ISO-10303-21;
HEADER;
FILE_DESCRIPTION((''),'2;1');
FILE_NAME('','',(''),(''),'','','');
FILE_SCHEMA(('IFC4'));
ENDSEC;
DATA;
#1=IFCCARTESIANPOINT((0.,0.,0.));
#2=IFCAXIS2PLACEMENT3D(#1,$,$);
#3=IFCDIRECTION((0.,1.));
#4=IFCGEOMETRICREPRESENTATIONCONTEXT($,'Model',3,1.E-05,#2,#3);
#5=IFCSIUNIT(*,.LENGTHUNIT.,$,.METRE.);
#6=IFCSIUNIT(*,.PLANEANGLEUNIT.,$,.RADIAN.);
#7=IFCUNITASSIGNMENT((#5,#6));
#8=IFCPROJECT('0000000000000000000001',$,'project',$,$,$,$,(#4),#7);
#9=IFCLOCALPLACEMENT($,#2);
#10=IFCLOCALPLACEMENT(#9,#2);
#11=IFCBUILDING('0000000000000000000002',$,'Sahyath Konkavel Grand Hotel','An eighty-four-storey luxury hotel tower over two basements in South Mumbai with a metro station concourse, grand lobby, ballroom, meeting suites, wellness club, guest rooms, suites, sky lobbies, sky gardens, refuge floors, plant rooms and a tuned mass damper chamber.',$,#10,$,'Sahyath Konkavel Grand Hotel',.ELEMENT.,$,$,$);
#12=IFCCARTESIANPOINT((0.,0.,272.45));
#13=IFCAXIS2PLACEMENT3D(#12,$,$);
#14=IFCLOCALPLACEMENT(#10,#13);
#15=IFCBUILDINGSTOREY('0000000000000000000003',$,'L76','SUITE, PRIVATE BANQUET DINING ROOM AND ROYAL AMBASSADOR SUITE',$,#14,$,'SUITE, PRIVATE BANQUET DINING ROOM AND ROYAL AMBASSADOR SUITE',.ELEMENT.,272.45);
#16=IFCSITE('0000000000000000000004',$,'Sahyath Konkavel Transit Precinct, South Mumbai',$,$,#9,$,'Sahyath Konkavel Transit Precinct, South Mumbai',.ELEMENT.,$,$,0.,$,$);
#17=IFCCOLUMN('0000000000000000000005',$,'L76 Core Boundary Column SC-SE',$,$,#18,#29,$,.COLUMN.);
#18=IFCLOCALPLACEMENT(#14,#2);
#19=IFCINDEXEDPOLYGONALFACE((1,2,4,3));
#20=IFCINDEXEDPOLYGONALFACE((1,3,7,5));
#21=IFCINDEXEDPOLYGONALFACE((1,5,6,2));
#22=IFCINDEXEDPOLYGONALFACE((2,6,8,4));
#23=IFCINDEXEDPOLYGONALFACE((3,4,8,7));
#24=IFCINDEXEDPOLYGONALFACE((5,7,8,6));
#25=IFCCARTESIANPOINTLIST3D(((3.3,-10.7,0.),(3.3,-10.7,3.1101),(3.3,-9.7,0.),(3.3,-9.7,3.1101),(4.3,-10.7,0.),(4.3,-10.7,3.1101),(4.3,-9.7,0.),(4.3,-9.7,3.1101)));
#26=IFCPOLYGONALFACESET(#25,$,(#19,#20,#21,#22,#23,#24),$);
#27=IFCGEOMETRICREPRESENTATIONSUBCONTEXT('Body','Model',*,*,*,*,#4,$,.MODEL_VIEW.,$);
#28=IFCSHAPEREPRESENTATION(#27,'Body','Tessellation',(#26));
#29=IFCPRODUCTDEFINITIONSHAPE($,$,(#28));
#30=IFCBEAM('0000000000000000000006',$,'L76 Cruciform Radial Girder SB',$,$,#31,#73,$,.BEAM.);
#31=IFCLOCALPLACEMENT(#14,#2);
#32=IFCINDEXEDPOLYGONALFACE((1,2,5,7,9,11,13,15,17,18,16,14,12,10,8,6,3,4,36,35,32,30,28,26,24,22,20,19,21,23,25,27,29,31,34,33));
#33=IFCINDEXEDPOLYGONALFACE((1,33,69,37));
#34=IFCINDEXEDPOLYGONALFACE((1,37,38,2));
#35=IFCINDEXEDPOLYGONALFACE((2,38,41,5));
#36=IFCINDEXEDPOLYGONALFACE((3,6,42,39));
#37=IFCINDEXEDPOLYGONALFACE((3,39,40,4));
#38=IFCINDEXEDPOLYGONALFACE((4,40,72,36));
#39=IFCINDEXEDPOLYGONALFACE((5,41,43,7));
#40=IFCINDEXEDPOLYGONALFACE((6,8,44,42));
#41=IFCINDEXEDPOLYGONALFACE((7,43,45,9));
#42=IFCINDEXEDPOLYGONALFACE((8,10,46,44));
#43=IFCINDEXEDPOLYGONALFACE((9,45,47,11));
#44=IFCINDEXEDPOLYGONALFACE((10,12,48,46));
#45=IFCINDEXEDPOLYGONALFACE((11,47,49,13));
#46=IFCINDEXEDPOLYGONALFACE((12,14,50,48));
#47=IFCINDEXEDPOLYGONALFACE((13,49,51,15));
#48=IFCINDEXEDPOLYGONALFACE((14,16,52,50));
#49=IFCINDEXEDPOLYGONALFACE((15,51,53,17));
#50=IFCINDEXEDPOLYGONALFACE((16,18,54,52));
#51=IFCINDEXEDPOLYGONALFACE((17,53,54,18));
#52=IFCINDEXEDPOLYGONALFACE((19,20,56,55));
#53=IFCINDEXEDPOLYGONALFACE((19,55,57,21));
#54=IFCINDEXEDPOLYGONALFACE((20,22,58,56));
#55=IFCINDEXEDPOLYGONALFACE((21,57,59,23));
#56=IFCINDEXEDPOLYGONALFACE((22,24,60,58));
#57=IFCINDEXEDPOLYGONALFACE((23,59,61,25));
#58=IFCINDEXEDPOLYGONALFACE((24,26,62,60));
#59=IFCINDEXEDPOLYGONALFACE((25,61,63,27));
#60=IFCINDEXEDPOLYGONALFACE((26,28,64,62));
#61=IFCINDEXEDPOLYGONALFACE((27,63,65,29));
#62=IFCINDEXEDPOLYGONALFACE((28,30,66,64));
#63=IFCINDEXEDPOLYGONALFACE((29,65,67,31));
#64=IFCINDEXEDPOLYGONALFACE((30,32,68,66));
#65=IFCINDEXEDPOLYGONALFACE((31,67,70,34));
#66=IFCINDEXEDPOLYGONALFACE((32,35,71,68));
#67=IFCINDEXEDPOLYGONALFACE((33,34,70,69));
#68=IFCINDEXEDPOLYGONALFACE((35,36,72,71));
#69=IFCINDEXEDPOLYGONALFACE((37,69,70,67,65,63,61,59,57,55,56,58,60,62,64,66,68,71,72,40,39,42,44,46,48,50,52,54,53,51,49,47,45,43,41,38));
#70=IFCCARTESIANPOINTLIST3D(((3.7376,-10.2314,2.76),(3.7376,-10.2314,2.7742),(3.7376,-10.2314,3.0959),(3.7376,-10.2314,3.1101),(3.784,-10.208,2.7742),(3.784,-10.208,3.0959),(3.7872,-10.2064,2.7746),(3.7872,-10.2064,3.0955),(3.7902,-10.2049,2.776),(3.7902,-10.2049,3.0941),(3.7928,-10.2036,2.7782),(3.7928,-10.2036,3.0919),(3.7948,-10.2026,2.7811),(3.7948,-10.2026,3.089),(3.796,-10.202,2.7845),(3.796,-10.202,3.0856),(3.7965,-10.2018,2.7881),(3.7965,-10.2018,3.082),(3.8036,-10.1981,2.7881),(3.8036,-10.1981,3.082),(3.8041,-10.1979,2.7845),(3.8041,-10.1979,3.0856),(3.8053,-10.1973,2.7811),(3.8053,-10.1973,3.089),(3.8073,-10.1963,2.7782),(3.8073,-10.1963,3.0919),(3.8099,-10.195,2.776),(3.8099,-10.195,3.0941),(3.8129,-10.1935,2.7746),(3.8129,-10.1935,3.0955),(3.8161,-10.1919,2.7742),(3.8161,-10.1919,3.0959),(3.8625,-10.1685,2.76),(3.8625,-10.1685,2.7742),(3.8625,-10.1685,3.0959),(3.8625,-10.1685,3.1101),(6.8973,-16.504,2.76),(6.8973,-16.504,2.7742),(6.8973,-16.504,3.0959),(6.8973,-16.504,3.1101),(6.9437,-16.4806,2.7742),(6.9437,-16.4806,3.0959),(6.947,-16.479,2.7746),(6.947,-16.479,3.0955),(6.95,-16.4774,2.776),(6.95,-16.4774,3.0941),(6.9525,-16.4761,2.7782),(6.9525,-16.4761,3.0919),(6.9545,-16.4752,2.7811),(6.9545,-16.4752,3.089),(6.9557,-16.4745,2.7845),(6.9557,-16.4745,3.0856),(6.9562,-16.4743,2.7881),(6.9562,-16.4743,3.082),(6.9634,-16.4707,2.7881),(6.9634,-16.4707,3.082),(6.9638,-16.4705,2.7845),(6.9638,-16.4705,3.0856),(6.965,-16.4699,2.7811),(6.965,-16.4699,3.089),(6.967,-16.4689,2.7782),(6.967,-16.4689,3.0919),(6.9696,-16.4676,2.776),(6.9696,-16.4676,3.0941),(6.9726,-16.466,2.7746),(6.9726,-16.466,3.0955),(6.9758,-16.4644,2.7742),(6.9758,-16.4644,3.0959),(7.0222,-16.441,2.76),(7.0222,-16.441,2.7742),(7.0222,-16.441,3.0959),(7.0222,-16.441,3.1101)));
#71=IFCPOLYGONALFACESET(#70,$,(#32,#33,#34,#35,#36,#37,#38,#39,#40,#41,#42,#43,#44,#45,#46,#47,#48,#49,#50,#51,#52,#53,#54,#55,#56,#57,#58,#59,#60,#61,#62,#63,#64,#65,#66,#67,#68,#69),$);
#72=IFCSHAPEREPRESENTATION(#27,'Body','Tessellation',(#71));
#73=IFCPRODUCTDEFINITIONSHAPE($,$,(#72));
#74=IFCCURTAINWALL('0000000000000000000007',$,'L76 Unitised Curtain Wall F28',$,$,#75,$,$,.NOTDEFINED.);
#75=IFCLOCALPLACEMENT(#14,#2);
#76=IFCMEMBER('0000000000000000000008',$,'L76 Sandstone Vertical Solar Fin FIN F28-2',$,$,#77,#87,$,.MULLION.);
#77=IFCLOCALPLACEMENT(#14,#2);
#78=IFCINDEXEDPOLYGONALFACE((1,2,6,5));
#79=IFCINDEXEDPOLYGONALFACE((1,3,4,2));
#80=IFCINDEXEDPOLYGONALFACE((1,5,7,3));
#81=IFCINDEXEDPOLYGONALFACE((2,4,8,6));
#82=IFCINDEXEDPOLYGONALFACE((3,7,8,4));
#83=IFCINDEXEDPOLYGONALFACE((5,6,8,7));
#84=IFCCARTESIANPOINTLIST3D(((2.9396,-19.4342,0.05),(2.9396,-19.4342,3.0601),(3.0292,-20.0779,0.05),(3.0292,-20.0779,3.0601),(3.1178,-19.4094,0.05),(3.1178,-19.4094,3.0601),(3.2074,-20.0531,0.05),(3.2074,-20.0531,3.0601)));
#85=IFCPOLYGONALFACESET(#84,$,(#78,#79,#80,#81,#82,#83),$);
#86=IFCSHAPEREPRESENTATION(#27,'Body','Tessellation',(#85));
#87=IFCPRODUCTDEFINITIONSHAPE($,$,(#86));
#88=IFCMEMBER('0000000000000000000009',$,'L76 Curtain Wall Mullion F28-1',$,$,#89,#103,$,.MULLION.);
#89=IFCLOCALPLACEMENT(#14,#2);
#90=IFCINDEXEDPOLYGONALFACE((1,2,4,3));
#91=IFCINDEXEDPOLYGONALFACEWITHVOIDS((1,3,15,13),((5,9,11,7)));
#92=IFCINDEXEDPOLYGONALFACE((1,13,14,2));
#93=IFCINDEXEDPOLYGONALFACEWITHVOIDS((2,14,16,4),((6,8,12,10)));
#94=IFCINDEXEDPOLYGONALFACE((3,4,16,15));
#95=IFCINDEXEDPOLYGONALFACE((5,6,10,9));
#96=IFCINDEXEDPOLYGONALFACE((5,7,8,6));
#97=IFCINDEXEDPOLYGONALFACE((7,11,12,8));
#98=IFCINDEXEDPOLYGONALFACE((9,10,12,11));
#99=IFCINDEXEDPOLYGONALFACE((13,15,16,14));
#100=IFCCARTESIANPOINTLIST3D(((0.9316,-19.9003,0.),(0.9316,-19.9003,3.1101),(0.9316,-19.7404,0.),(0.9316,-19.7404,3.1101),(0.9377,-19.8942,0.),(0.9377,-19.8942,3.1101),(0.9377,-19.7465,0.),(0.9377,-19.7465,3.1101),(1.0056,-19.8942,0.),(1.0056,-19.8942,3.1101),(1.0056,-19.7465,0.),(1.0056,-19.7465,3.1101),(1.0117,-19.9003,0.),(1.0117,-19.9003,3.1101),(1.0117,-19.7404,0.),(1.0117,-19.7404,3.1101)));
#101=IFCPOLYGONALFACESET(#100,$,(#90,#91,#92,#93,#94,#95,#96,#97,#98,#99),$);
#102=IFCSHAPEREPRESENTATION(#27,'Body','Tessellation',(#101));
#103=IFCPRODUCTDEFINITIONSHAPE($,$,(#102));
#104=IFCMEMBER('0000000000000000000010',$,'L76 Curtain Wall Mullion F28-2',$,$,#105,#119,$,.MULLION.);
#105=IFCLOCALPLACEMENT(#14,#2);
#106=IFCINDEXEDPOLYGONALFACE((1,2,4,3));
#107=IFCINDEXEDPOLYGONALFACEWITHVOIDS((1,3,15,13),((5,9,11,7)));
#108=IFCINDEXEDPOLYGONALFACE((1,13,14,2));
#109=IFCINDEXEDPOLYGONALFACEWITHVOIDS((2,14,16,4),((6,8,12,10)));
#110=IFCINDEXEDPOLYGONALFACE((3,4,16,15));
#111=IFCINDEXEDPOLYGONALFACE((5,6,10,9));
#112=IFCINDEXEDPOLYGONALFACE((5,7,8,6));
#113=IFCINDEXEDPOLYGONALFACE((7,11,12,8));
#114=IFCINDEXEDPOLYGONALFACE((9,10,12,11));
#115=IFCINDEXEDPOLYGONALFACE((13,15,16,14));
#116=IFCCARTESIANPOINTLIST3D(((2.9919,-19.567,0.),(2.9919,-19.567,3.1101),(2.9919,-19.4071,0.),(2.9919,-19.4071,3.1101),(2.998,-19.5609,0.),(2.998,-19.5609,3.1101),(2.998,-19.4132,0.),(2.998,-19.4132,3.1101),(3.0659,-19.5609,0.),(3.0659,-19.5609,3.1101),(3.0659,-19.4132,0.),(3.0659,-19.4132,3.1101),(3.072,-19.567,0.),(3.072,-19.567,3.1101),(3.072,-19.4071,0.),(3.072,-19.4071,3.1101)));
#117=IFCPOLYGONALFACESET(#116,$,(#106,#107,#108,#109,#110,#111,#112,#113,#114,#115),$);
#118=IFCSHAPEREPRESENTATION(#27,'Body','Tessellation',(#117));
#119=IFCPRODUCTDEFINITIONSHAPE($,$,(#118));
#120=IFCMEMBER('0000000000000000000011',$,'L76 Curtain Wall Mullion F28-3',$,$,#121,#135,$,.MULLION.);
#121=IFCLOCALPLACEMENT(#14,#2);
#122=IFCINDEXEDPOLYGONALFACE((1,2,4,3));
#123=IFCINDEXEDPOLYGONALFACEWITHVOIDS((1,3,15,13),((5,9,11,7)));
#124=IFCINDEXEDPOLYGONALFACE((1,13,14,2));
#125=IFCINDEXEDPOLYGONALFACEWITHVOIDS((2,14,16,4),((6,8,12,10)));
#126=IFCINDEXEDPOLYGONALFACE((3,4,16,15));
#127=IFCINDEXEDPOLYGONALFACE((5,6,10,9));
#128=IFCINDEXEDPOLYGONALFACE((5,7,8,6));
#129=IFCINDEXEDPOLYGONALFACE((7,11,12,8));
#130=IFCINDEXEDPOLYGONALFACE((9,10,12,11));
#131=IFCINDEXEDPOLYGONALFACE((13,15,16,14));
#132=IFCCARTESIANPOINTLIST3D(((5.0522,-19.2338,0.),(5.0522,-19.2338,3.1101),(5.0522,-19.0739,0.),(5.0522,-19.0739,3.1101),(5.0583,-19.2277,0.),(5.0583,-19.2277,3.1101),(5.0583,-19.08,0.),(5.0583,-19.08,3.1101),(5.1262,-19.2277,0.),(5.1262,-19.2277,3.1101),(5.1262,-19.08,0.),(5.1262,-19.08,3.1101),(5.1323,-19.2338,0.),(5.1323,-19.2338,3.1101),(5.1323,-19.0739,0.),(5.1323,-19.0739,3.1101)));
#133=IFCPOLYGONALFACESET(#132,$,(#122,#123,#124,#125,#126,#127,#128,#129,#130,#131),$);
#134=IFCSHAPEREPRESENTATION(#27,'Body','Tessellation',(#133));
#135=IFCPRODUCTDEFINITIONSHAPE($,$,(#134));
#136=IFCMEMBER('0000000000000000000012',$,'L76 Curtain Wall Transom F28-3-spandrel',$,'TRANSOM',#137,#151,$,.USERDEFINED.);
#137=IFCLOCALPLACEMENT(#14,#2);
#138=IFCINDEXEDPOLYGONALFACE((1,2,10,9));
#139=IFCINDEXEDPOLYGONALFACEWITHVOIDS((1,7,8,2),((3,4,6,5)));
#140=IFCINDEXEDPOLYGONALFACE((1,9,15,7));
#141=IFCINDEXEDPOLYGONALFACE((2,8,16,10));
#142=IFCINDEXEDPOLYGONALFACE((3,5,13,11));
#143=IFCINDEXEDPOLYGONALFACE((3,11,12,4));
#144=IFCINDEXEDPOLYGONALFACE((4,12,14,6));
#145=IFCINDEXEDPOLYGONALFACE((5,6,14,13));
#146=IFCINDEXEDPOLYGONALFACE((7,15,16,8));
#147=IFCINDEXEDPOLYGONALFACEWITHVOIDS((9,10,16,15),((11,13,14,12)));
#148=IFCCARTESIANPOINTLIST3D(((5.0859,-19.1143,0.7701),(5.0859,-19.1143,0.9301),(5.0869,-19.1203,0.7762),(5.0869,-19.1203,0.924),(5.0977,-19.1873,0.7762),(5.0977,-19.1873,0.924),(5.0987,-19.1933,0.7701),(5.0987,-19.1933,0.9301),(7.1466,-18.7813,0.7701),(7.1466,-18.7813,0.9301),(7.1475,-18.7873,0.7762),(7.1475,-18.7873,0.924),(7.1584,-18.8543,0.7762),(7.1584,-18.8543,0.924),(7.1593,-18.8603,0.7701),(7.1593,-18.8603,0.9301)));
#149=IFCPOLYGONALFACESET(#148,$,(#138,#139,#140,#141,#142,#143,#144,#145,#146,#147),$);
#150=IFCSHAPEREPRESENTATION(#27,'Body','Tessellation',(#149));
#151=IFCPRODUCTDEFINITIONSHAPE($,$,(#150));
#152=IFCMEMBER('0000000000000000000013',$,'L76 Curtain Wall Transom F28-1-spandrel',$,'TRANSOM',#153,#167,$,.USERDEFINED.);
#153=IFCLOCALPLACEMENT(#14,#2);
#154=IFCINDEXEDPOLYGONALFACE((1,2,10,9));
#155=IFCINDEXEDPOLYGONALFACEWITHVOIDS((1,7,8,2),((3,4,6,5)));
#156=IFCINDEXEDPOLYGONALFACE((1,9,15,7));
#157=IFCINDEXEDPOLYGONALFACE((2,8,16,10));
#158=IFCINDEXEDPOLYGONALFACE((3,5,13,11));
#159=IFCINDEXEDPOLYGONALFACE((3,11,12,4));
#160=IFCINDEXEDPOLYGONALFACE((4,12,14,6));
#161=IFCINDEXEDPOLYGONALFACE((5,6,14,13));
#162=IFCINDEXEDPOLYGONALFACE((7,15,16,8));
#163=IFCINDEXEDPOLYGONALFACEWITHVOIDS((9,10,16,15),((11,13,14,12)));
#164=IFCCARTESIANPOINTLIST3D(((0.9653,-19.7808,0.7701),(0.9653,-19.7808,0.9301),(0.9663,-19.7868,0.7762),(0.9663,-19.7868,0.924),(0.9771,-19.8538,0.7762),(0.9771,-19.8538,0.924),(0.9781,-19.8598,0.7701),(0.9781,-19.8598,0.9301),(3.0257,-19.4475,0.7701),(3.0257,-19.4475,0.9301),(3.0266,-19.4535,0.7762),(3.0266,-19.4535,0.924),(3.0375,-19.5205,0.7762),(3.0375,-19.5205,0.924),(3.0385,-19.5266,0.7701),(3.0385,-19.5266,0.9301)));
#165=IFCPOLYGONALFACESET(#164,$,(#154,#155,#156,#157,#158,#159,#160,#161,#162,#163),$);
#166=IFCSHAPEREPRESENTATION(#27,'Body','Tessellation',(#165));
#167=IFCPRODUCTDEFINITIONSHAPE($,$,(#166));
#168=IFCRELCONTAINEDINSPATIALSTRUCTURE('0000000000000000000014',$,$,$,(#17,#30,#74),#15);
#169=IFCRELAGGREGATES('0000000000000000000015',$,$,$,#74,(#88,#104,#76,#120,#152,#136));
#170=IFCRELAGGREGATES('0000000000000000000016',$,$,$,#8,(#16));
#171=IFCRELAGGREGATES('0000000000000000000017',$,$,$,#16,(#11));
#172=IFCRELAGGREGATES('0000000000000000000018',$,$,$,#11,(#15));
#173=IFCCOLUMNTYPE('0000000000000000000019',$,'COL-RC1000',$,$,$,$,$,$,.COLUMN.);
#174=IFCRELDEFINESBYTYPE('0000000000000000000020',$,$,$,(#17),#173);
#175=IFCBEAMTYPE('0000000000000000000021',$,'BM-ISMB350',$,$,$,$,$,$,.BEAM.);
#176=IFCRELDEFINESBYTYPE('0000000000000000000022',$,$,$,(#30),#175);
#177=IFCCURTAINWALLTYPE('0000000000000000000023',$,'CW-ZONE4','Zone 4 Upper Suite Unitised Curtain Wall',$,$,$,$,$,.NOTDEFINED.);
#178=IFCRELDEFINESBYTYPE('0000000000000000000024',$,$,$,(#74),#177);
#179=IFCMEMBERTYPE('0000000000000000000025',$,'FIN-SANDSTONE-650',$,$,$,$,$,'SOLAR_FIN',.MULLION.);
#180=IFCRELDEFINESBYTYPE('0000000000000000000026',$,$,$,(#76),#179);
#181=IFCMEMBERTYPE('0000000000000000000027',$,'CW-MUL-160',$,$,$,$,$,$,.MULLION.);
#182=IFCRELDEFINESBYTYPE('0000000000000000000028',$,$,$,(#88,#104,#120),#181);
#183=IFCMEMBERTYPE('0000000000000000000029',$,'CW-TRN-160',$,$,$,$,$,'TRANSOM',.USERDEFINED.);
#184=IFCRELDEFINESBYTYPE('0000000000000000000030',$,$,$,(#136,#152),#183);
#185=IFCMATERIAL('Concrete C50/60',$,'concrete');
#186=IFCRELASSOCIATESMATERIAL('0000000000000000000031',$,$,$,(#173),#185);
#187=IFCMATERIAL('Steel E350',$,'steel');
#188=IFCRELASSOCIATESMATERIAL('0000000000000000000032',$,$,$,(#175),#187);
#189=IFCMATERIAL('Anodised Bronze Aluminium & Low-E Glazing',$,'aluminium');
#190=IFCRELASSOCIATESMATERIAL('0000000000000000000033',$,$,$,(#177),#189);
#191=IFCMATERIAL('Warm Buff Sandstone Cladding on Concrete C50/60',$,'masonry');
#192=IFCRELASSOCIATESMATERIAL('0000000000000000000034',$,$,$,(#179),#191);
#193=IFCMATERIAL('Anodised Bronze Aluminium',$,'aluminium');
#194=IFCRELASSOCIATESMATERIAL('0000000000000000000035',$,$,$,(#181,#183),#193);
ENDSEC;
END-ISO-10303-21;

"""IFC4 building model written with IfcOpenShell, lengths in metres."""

from ifc_helpers import new_model, si_unit, direction, frame, origin, origin_2d, place, context, subcontext, project, spatial, rectangle, hollow_rectangle, i_section, extrude, source, transform, mapped, material, material_profile, profile_set, type_object, element, aggregate, save


model = new_model("IFC4")

# Units and contexts
model_context = context("Model", 3, precision=1e-05, world=origin(), true_north=direction((0.0, 1.0)))
body_context = subcontext(model_context, "Body", "Model", "MODEL_VIEW")
ifc_project = project(units=[si_unit("LENGTHUNIT", "METRE"), si_unit("PLANEANGLEUNIT", "RADIAN")], contexts=[model_context])

# Site, building, storey
site_placement = place(None, origin())
site = spatial("IfcSite", under=ifc_project, at=site_placement, Name="Sahyath Konkavel Transit Precinct, South Mumbai", LongName="Sahyath Konkavel Transit Precinct, South Mumbai", CompositionType="ELEMENT", RefElevation=0.0)
building_placement = place(site_placement, origin())
building = spatial("IfcBuilding", under=site, at=building_placement, Name="Sahyath Konkavel Grand Hotel", Description="An eighty-four-storey luxury hotel tower over two basements in South Mumbai with a metro station concourse, grand lobby, ballroom, meeting suites, wellness club, guest rooms, suites, sky lobbies, sky gardens, refuge floors, plant rooms and a tuned mass damper chamber.", LongName="Sahyath Konkavel Grand Hotel", CompositionType="ELEMENT")
storey_placement = place(building_placement, frame((0.0, 0.0, 272.45)))
storey = spatial("IfcBuildingStorey", under=building, at=storey_placement, Name="L76", Description="SUITE, PRIVATE BANQUET DINING ROOM AND ROYAL AMBASSADOR SUITE", LongName="SUITE, PRIVATE BANQUET DINING ROOM AND ROYAL AMBASSADOR SUITE", CompositionType="ELEMENT", Elevation=272.45)

# Column
ifc_material_1 = material(Name="Concrete C50/60", Category="concrete")
ifc_material_profile_1 = material_profile(ifc_material_1, rectangle(XDim=1.0, YDim=1.0, at=origin_2d()), Name="RC 1000x1000")
ifc_profile_set_1 = profile_set([ifc_material_profile_1], Name="Concrete C50/60")
column_type = type_object("IfcColumnType", Name="COL-RC1000", PredefinedType="COLUMN", material=ifc_profile_set_1)
shared_shape_1 = source(origin(), body_context, "Body", "SweptSolid", [
    extrude(rectangle(XDim=1.0, YDim=1.0, at=origin_2d()), origin(), (0.0, 0.0, 1.0), 3.1101),
])
column_placement = place(storey_placement, frame((3.8, -10.2, 0.0), z_axis=(0.0, 0.0, 1.0), x_axis=(1.0, 0.0, 0.0)))
element("IfcColumn", 1, at=column_placement, inside=storey, type_object=column_type, Name="L76 Core Boundary Column SC-SE", PredefinedType="COLUMN", context=body_context, shape_type="MappedRepresentation", body=[
    mapped(shared_shape_1, transform((0.0, 0.0, 0.0), scale=1.0)),
])

# Beam
ifc_material_2 = material(Name="Steel E350", Category="steel")
ifc_material_profile_2 = material_profile(ifc_material_2, i_section(OverallWidth=0.1399, OverallDepth=0.3501, WebThickness=0.0081, FlangeThickness=0.0142, FilletRadius=0.0139, at=origin_2d()), Name="ISMB 350")
ifc_profile_set_2 = profile_set([ifc_material_profile_2], Name="Steel E350")
beam_type_1 = type_object("IfcBeamType", Name="BM-ISMB350", PredefinedType="BEAM", material=ifc_profile_set_2)
shared_shape_2 = source(origin(), body_context, "Body", "SweptSolid", [
    extrude(i_section(OverallWidth=0.1399, OverallDepth=0.3501, WebThickness=0.0081, FlangeThickness=0.0142, FilletRadius=0.0139, at=origin_2d()), origin(), (0.0, 0.0, 1.0), 7.0234),
])
beam_1_placement = place(storey_placement, frame((3.8, -10.2, 2.9351), z_axis=(0.449881, -0.893088, 0.0), x_axis=(0.893088, 0.449881, 0.0)))
element("IfcBeam", 2, at=beam_1_placement, inside=storey, type_object=beam_type_1, Name="L76 Cruciform Radial Girder SB", PredefinedType="BEAM", context=body_context, shape_type="MappedRepresentation", body=[
    mapped(shared_shape_2, transform((0.0, 0.0, 0.0), scale=1.0)),
])

# Curtain wall, members
ifc_material_3 = material(Name="Anodised Bronze Aluminium & Low-E Glazing", Category="aluminium")
curtain_wall_type = type_object("IfcCurtainWallType", Name="CW-ZONE4", Description="Zone 4 Upper Suite Unitised Curtain Wall", PredefinedType="NOTDEFINED", material=ifc_material_3)
curtain_wall_1_placement = place(storey_placement, origin())
curtain_wall_1 = element("IfcCurtainWall", 3, at=curtain_wall_1_placement, inside=storey, type_object=curtain_wall_type, Name="L76 Unitised Curtain Wall F28", PredefinedType="NOTDEFINED")
ifc_material_4 = material(Name="Warm Buff Sandstone Cladding on Concrete C50/60", Category="masonry")
ifc_material_profile_3 = material_profile(ifc_material_4, rectangle(XDim=0.1799, YDim=0.6499, at=origin_2d()), Name="FIN 180x650")
ifc_profile_set_3 = profile_set([ifc_material_profile_3], Name="Warm Buff Sandstone Cladding on Concrete C50/60")
member_type_1 = type_object("IfcMemberType", Name="FIN-SANDSTONE-650", ElementType="SOLAR_FIN", PredefinedType="MULLION", material=ifc_profile_set_3)
shared_shape_3 = source(origin(), body_context, "Body", "SweptSolid", [
    extrude(rectangle(XDim=0.1799, YDim=0.6499, at=origin_2d()), origin(), (0.0, 0.0, 1.0), 3.01),
])
member_1_placement = place(storey_placement, frame((3.0735, -19.7437, 0.05), z_axis=(0.0, 0.0, 1.0), x_axis=(0.990461, 0.13779, 0.0)))
member_1 = element("IfcMember", 4, at=member_1_placement, type_object=member_type_1, Name="L76 Sandstone Vertical Solar Fin FIN F28-2", PredefinedType="MULLION", context=body_context, shape_type="MappedRepresentation", body=[
    mapped(shared_shape_3, transform((0.0, 0.0, 0.0), scale=1.0)),
])
ifc_material_5 = material(Name="Anodised Bronze Aluminium", Category="aluminium")
ifc_material_profile_4 = material_profile(ifc_material_5, hollow_rectangle(XDim=0.0801, YDim=0.1599, WallThickness=0.0061, at=origin_2d()), Name="RHS 160x80x6")
ifc_profile_set_4 = profile_set([ifc_material_profile_4], Name="Anodised Bronze Aluminium")
member_type_2 = type_object("IfcMemberType", Name="CW-MUL-160", PredefinedType="MULLION", material=ifc_profile_set_4)
shared_shape_4 = source(origin(), body_context, "Body", "SweptSolid", [
    extrude(hollow_rectangle(XDim=0.0801, YDim=0.1599, WallThickness=0.0061, at=origin_2d()), origin(), (0.0, 0.0, 1.0), 3.1101),
])
member_2_placement = place(storey_placement, frame((0.9717, -19.8203, 0.0), z_axis=(0.0, 0.0, 1.0), x_axis=(1.0, 0.0, 0.0)))
member_2 = element("IfcMember", 5, at=member_2_placement, type_object=member_type_2, Name="L76 Curtain Wall Mullion F28-1", PredefinedType="MULLION", context=body_context, shape_type="MappedRepresentation", body=[
    mapped(shared_shape_4, transform((0.0, 0.0, 0.0), scale=1.0)),
])
member_3_placement = place(storey_placement, frame((3.032, -19.4871, 0.0), z_axis=(0.0, 0.0, 1.0), x_axis=(1.0, 0.0, 0.0)))
member_3 = element("IfcMember", 6, at=member_3_placement, type_object=member_type_2, Name="L76 Curtain Wall Mullion F28-2", PredefinedType="MULLION", context=body_context, shape_type="MappedRepresentation", body=[
    mapped(shared_shape_4, transform((0.0, 0.0, 0.0), scale=1.0)),
])
member_4_placement = place(storey_placement, frame((5.0923, -19.1538, 0.0), z_axis=(0.0, 0.0, 1.0), x_axis=(1.0, 0.0, 0.0)))
member_4 = element("IfcMember", 7, at=member_4_placement, type_object=member_type_2, Name="L76 Curtain Wall Mullion F28-3", PredefinedType="MULLION", context=body_context, shape_type="MappedRepresentation", body=[
    mapped(shared_shape_4, transform((0.0, 0.0, 0.0), scale=1.0)),
])
ifc_material_profile_5 = material_profile(ifc_material_5, hollow_rectangle(XDim=0.0801, YDim=0.1599, WallThickness=0.0061, at=origin_2d()), Name="RHS 160x80x6")
ifc_profile_set_5 = profile_set([ifc_material_profile_5], Name="Anodised Bronze Aluminium")
member_type_3 = type_object("IfcMemberType", Name="CW-TRN-160", ElementType="TRANSOM", PredefinedType="USERDEFINED", material=ifc_profile_set_5)
shared_shape_5 = source(origin(), body_context, "Body", "SweptSolid", [
    extrude(hollow_rectangle(XDim=0.0801, YDim=0.1599, WallThickness=0.0061, at=origin_2d()), origin(), (0.0, 0.0, 1.0), 2.0874),
])
member_5_placement = place(storey_placement, frame((5.0923, -19.1538, 0.8501), z_axis=(0.987191, 0.159541, 0.0), x_axis=(-0.159541, 0.987191, 0.0)))
member_5 = element("IfcMember", 8, at=member_5_placement, type_object=member_type_3, Name="L76 Curtain Wall Transom F28-3-spandrel", ObjectType="TRANSOM", PredefinedType="USERDEFINED", context=body_context, shape_type="MappedRepresentation", body=[
    mapped(shared_shape_5, transform((0.0, 0.0, 0.0), scale=1.0)),
])
shared_shape_6 = source(origin(), body_context, "Body", "SweptSolid", [
    extrude(hollow_rectangle(XDim=0.0801, YDim=0.1599, WallThickness=0.0061, at=origin_2d()), origin(), (0.0, 0.0, 1.0), 2.0872),
])
member_6_placement = place(storey_placement, frame((0.9717, -19.8203, 0.8501), z_axis=(0.98717, 0.159674, 0.0), x_axis=(-0.159674, 0.98717, 0.0)))
member_6 = element("IfcMember", 9, at=member_6_placement, type_object=member_type_3, Name="L76 Curtain Wall Transom F28-1-spandrel", ObjectType="TRANSOM", PredefinedType="USERDEFINED", context=body_context, shape_type="MappedRepresentation", body=[
    mapped(shared_shape_6, transform((0.0, 0.0, 0.0), scale=1.0)),
])

aggregate(curtain_wall_1, [member_2, member_3, member_1, member_4, member_6, member_5])

save(model, "model.ifc")
